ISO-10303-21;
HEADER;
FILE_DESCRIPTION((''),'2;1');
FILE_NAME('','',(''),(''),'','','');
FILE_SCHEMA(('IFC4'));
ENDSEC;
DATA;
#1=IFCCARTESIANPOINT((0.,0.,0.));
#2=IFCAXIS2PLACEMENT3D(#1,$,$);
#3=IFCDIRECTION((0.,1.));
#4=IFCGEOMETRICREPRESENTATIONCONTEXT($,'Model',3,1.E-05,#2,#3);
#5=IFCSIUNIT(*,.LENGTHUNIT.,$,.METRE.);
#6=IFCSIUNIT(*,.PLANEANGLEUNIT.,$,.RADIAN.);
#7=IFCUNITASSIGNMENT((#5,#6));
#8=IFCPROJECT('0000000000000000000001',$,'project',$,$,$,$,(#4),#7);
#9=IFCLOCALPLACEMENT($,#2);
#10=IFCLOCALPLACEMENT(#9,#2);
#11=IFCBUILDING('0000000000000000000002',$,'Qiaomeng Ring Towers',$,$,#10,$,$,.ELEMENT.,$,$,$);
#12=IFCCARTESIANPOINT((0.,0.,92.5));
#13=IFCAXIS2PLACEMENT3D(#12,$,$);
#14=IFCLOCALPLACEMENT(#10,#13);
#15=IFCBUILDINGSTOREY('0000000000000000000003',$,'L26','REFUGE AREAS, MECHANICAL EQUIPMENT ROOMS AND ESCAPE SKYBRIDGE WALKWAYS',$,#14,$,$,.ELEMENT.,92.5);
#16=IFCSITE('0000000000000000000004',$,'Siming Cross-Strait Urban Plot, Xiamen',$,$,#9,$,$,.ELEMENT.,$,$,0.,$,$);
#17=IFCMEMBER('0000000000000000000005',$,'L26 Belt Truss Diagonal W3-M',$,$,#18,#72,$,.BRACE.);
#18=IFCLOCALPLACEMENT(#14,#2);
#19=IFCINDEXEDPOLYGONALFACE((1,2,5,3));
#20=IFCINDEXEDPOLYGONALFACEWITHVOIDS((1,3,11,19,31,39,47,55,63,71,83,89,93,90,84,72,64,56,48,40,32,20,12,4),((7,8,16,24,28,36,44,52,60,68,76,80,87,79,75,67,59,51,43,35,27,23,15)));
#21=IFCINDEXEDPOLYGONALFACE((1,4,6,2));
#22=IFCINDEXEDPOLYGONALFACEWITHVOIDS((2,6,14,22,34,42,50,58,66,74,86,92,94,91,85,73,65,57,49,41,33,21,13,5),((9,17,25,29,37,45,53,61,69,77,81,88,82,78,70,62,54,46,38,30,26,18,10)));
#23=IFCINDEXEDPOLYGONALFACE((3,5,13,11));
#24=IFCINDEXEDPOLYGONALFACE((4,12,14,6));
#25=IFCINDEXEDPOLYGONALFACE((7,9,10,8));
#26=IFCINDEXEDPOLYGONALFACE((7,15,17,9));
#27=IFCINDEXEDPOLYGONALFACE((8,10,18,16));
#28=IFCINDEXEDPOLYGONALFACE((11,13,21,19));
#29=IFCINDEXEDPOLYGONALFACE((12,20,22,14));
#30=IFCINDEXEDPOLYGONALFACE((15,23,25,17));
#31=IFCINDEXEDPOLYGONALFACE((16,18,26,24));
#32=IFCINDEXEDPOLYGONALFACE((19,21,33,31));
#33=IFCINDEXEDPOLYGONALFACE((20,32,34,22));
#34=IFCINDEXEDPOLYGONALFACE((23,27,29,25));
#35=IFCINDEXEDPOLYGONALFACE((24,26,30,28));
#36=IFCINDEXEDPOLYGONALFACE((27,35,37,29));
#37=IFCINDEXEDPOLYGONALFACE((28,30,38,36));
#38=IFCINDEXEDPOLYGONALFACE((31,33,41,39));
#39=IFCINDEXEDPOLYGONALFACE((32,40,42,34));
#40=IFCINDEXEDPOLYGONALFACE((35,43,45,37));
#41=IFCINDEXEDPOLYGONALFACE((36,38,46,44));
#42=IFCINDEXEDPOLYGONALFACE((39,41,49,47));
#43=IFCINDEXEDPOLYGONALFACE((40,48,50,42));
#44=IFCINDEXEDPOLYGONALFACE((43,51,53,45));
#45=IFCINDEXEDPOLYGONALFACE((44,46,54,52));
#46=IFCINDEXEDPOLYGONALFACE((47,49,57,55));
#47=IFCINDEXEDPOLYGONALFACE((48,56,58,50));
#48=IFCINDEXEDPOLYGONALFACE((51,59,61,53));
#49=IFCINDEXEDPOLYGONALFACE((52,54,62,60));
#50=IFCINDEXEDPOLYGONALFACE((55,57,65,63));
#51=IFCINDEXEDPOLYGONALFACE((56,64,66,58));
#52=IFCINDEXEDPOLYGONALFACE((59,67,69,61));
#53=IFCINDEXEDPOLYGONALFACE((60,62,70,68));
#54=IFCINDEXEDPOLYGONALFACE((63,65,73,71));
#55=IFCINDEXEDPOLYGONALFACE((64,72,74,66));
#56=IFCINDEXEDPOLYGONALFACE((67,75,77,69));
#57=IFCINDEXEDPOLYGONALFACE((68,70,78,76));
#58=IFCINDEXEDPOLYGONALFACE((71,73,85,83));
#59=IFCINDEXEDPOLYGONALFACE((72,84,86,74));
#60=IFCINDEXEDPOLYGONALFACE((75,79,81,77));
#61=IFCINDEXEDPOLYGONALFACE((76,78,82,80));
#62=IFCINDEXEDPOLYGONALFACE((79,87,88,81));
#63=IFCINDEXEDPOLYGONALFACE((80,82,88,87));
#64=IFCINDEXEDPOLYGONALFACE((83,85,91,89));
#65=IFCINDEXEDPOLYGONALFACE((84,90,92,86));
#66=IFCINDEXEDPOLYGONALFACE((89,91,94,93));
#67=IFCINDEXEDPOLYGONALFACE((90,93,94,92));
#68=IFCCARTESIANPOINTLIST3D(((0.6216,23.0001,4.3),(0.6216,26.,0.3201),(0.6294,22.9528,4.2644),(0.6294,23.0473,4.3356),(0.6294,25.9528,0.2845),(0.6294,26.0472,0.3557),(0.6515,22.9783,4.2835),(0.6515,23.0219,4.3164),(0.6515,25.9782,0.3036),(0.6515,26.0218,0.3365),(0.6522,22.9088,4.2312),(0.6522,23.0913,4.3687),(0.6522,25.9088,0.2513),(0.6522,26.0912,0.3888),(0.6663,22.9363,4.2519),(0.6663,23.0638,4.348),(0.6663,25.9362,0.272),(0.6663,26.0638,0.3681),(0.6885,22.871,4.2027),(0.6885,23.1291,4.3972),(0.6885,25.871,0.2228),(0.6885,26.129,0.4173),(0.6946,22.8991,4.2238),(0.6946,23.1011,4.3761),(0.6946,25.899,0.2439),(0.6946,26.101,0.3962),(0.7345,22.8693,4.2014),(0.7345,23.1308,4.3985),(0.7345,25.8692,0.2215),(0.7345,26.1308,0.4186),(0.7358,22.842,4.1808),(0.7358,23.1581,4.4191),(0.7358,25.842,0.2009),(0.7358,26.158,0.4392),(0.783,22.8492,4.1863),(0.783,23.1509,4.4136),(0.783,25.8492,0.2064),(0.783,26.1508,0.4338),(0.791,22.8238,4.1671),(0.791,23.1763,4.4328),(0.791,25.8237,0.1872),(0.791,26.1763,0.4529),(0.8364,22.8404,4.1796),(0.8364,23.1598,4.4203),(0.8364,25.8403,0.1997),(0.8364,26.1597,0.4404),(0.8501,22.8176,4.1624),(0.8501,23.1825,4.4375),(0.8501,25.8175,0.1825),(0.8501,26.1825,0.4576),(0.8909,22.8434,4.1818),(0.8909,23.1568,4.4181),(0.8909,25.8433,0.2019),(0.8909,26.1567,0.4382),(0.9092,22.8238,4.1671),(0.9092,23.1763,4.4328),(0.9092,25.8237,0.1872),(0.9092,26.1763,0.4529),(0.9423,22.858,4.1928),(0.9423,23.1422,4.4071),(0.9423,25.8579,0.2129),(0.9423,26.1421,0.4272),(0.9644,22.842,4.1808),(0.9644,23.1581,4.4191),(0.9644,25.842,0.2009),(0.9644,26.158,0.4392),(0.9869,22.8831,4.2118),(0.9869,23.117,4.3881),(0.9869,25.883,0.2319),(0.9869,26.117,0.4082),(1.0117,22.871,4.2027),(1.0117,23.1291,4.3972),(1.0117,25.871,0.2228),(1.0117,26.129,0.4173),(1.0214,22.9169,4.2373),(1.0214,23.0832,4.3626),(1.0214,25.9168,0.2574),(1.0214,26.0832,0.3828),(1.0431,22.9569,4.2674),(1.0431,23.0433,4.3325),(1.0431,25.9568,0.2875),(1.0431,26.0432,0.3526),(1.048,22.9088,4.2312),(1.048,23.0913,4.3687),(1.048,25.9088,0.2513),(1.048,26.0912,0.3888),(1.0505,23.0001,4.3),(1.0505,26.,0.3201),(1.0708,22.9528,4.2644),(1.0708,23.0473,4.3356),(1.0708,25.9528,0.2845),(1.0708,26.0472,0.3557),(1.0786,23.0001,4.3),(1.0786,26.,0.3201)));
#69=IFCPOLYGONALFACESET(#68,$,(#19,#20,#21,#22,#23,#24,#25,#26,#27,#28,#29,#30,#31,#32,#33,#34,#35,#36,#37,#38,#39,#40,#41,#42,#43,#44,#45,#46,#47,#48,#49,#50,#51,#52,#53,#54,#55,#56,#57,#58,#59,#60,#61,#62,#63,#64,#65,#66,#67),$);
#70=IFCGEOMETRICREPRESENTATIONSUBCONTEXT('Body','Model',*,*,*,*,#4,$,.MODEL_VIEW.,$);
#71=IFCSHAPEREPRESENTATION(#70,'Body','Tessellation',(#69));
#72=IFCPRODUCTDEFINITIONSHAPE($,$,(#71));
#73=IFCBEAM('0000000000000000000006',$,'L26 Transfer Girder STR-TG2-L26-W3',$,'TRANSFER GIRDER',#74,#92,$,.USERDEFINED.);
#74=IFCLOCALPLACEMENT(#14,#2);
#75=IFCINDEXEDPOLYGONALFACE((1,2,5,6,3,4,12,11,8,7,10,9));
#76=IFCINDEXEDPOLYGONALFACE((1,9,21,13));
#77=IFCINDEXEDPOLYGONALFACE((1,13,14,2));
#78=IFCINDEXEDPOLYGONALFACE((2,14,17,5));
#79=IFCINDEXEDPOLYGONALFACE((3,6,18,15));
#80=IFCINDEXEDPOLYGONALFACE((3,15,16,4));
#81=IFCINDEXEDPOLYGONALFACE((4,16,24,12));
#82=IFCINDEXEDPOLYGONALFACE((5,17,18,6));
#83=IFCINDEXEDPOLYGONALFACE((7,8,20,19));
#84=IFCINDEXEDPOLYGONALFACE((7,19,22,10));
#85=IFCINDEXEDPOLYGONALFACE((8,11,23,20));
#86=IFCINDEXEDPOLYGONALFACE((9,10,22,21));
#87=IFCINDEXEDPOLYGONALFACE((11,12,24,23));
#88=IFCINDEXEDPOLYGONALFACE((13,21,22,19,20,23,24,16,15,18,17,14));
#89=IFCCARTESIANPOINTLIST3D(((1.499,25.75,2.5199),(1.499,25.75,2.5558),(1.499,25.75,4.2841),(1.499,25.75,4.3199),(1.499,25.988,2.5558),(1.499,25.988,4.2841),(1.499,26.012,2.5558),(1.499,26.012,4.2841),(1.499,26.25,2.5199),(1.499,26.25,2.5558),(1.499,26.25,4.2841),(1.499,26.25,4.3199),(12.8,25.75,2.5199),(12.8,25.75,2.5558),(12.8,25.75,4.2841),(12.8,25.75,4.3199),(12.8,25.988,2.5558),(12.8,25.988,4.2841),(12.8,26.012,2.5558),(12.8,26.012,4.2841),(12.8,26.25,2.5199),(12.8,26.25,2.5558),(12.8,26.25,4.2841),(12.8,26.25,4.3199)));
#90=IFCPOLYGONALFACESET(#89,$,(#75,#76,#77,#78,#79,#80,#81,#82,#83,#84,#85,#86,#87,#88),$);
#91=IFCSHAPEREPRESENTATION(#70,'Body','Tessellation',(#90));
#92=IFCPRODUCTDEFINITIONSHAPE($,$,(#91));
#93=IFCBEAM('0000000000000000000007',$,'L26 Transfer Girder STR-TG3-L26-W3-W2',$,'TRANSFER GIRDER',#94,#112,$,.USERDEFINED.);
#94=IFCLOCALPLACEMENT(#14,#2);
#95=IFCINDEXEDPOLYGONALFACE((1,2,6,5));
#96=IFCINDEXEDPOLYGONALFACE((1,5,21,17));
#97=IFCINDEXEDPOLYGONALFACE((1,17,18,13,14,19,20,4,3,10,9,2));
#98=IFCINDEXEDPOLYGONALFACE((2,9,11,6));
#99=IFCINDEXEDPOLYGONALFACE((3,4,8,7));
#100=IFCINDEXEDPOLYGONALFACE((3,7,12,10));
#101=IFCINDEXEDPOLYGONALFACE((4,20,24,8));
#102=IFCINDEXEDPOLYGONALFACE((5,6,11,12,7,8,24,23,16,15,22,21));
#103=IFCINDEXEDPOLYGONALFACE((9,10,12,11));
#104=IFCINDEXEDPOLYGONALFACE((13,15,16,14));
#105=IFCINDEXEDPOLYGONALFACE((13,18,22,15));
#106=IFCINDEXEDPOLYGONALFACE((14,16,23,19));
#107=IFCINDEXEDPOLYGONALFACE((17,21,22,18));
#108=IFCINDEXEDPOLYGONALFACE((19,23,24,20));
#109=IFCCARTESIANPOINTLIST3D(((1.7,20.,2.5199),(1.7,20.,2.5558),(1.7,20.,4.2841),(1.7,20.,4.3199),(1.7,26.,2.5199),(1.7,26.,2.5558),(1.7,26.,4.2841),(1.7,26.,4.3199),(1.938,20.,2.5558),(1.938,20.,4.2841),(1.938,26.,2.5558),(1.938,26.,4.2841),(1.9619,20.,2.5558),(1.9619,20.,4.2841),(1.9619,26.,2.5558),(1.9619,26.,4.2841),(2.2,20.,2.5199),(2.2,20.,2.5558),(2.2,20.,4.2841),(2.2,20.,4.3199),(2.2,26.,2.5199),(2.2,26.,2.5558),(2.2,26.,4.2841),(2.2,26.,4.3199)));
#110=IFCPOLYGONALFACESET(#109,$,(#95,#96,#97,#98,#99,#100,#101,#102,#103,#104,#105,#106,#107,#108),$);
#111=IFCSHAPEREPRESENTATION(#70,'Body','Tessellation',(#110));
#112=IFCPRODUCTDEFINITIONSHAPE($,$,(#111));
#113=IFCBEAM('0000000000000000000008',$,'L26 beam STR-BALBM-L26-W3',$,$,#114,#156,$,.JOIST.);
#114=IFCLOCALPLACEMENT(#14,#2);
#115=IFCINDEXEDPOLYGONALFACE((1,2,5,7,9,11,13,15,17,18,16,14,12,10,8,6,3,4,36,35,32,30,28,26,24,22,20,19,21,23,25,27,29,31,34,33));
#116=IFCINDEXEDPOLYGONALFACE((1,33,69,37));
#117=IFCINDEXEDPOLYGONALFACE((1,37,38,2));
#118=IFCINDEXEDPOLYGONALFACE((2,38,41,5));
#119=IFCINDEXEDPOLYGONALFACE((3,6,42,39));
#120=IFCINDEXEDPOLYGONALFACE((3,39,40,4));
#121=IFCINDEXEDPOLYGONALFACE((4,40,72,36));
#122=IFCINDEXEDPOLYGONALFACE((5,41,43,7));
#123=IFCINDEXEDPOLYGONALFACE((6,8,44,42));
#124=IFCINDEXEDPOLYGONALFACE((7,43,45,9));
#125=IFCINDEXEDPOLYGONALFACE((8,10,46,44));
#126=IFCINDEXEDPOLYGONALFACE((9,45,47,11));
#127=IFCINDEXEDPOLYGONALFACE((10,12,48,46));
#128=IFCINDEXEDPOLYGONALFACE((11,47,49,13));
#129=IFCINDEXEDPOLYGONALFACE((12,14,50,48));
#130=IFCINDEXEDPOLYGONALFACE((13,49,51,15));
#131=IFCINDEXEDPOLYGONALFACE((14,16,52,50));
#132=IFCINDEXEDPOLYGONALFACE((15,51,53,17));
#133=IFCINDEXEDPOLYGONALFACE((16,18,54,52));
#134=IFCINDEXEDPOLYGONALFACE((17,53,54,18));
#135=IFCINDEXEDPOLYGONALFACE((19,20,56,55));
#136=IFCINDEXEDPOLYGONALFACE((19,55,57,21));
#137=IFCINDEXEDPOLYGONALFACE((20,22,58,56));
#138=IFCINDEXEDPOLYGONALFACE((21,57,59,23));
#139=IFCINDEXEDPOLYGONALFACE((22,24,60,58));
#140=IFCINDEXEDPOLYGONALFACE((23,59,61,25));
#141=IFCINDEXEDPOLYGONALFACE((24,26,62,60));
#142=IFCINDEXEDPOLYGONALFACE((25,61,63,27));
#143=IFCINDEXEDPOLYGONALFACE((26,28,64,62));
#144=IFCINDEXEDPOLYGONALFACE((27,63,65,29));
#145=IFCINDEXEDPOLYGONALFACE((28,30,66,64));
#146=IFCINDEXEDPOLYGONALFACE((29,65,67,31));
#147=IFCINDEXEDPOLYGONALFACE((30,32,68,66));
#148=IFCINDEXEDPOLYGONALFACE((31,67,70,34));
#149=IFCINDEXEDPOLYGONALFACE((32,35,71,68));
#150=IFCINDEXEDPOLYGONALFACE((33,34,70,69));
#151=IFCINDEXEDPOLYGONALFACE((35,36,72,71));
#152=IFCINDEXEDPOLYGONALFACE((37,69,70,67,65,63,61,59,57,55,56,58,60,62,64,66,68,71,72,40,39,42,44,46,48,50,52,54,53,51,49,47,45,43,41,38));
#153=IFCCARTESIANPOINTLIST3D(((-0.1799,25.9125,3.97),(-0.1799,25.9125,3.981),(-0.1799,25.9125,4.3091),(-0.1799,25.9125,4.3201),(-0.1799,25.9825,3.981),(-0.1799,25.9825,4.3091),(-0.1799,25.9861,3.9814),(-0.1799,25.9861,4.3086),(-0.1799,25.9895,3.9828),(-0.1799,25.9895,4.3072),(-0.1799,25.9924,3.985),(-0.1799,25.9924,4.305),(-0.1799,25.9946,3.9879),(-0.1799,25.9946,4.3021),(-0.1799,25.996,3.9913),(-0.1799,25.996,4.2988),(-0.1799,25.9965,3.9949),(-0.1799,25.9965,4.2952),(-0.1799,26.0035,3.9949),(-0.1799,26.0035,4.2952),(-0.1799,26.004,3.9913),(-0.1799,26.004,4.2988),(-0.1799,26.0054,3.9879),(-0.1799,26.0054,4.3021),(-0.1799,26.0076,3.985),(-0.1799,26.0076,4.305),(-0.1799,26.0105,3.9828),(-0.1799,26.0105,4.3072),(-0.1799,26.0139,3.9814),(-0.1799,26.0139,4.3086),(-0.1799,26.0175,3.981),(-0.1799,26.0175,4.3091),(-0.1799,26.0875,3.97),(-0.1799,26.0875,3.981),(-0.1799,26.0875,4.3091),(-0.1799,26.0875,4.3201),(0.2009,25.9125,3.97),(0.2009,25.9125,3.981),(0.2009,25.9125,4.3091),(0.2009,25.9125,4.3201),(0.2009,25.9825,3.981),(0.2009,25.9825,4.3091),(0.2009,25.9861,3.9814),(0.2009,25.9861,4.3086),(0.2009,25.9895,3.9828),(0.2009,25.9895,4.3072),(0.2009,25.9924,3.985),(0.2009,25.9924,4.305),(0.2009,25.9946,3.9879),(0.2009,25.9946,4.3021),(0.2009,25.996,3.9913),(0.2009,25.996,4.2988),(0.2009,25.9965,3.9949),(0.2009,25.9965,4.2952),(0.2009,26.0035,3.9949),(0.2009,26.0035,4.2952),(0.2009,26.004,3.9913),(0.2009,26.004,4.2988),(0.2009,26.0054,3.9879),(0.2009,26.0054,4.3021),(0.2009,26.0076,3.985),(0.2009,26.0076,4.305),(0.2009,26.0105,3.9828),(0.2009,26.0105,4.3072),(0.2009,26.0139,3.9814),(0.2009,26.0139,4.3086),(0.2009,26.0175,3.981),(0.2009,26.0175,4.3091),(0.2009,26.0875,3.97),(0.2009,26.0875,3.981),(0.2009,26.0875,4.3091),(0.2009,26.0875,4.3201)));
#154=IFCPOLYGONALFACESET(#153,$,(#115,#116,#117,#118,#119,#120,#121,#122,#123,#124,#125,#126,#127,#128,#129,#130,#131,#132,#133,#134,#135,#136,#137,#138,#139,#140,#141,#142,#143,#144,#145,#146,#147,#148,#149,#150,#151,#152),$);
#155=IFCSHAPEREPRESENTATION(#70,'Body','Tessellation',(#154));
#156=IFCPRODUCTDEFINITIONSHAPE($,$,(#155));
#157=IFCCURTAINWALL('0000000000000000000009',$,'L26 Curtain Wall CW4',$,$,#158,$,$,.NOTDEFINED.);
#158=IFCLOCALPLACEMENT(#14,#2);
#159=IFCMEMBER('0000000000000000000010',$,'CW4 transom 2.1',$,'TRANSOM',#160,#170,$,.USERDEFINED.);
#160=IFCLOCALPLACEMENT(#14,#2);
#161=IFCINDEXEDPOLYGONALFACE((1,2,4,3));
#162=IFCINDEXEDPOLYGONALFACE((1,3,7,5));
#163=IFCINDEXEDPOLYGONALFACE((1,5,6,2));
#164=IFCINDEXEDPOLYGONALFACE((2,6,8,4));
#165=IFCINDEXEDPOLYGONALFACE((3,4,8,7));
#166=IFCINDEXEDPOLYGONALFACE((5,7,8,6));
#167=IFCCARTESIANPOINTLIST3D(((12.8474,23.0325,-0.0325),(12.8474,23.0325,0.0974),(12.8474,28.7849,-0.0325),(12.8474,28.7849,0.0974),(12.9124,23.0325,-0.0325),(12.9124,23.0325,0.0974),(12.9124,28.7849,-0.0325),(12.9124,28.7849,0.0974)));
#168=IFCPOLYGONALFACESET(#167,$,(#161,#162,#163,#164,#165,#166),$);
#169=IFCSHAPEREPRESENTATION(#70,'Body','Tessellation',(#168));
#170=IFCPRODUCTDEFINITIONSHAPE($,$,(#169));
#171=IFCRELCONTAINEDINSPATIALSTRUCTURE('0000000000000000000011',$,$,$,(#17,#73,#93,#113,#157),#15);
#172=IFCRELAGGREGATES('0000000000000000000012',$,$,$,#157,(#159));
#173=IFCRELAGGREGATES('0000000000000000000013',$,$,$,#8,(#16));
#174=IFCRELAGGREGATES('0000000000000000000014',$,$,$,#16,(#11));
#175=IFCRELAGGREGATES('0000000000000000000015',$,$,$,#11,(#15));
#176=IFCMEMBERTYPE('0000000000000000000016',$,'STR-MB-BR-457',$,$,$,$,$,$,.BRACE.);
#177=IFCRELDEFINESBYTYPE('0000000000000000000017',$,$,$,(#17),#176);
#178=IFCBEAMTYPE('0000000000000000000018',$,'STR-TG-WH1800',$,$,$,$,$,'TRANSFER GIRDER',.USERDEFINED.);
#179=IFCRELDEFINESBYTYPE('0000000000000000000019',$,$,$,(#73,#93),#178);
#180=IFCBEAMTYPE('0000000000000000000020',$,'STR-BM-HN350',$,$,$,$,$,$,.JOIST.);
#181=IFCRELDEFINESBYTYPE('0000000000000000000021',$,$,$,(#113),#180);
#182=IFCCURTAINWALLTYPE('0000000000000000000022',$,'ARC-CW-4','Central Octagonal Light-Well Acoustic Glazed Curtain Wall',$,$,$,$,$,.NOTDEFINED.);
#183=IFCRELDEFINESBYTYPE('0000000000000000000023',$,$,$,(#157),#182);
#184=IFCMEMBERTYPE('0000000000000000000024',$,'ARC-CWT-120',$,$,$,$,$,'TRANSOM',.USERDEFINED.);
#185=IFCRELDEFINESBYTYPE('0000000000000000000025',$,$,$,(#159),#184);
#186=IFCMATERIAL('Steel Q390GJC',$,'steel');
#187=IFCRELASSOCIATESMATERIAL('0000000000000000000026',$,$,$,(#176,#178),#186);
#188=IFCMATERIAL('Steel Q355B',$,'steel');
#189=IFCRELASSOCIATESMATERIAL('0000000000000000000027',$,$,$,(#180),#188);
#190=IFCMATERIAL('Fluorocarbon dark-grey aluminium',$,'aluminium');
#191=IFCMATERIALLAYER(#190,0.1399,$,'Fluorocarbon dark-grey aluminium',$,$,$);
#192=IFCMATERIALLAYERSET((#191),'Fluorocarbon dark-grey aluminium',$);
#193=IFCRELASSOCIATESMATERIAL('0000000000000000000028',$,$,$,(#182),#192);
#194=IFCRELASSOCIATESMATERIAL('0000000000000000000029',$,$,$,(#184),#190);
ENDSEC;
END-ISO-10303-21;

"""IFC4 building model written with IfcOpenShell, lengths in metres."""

from ifc_helpers import new_model, si_unit, direction, frame, origin, origin_2d, place, context, subcontext, project, spatial, rectangle, hollow_circle, i_section, extrude, source, transform, mapped, material, layer, layer_set, material_profile, profile_set, type_object, element, aggregate, save


model = new_model("IFC4")

# Units and contexts
model_context = context("Model", 3, precision=1e-05, world=origin(), true_north=direction((0.0, 1.0)))
body_context = subcontext(model_context, "Body", "Model", "MODEL_VIEW")
ifc_project = project(units=[si_unit("LENGTHUNIT", "METRE"), si_unit("PLANEANGLEUNIT", "RADIAN")], contexts=[model_context])

# Site, building, storey
site_placement = place(None, origin())
site = spatial("IfcSite", under=ifc_project, at=site_placement, Name="Siming Cross-Strait Urban Plot, Xiamen", CompositionType="ELEMENT", RefElevation=0.0)
building_placement = place(site_placement, origin())
building = spatial("IfcBuilding", under=site, at=building_placement, Name="Qiaomeng Ring Towers", CompositionType="ELEMENT")
storey_placement = place(building_placement, frame((0.0, 0.0, 92.5)))
storey = spatial("IfcBuildingStorey", under=building, at=storey_placement, Name="L26", Description="REFUGE AREAS, MECHANICAL EQUIPMENT ROOMS AND ESCAPE SKYBRIDGE WALKWAYS", CompositionType="ELEMENT", Elevation=92.5)

# Shared definitions
ifc_material_1 = material(Name="Steel Q355B", Category="steel")

# Member
ifc_material_2 = material(Name="Steel Q390GJC", Category="steel")
ifc_material_profile_1 = material_profile(ifc_material_2, hollow_circle(Radius=0.2285, WallThickness=0.0281, at=origin_2d()), Name="CHS 457x28")
ifc_profile_set_1 = profile_set([ifc_material_profile_1], Name="Steel Q390GJC")
member_type_1 = type_object("IfcMemberType", Name="STR-MB-BR-457", PredefinedType="BRACE", material=ifc_profile_set_1)
shared_shape_1 = source(origin(), body_context, "Body", "SweptSolid", [
    extrude(hollow_circle(Radius=0.2285, WallThickness=0.0281, at=origin_2d()), origin(), (0.0, 0.0, 1.0), 4.9839),
])
member_1_placement = place(storey_placement, frame((0.8501, 26.0, 0.3201), z_axis=(0.0, -0.601926, 0.798552), x_axis=(1.0, 0.0, 0.0)))
element("IfcMember", 1, at=member_1_placement, inside=storey, type_object=member_type_1, Name="L26 Belt Truss Diagonal W3-M", PredefinedType="BRACE", context=body_context, shape_type="MappedRepresentation", body=[
    mapped(shared_shape_1, transform((0.0, 0.0, 0.0), x_axis=(1.0, 0.0, 0.0), y_axis=(0.0, 1.0, 0.0), z_axis=(0.0, 0.0, 1.0), scale=1.0)),
])

# Beams
ifc_material_profile_2 = material_profile(ifc_material_2, i_section(OverallWidth=0.5, OverallDepth=1.8, WebThickness=0.0239, FlangeThickness=0.0359, at=origin_2d()), Name="WH 1800x500x24x36")
ifc_profile_set_2 = profile_set([ifc_material_profile_2], Name="Steel Q390GJC")
beam_type_1 = type_object("IfcBeamType", Name="STR-TG-WH1800", ElementType="TRANSFER GIRDER", PredefinedType="USERDEFINED", material=ifc_profile_set_2)
shared_shape_2 = source(origin(), body_context, "Body", "SweptSolid", [
    extrude(i_section(OverallWidth=0.5, OverallDepth=1.8, WebThickness=0.0239, FlangeThickness=0.0359, at=origin_2d()), origin(), (0.0, 0.0, 1.0), 11.301),
])
beam_1_placement = place(storey_placement, frame((1.499, 26.0, 3.4199), z_axis=(1.0, 0.0, 0.0), x_axis=(0.0, 1.0, 0.0)))
element("IfcBeam", 2, at=beam_1_placement, inside=storey, type_object=beam_type_1, Name="L26 Transfer Girder STR-TG2-L26-W3", ObjectType="TRANSFER GIRDER", PredefinedType="USERDEFINED", context=body_context, shape_type="MappedRepresentation", body=[
    mapped(shared_shape_2, transform((0.0, 0.0, 0.0), x_axis=(1.0, 0.0, 0.0), y_axis=(0.0, 1.0, 0.0), z_axis=(0.0, 0.0, 1.0), scale=1.0)),
])
shared_shape_3 = source(origin(), body_context, "Body", "SweptSolid", [
    extrude(i_section(OverallWidth=0.5, OverallDepth=1.8, WebThickness=0.0239, FlangeThickness=0.0359, at=origin_2d()), origin(), (0.0, 0.0, 1.0), 6.0),
])
beam_2_placement = place(storey_placement, frame((1.95, 26.0, 3.4199), z_axis=(0.0, -1.0, 0.0), x_axis=(1.0, 0.0, 0.0)))
element("IfcBeam", 3, at=beam_2_placement, inside=storey, type_object=beam_type_1, Name="L26 Transfer Girder STR-TG3-L26-W3-W2", ObjectType="TRANSFER GIRDER", PredefinedType="USERDEFINED", context=body_context, shape_type="MappedRepresentation", body=[
    mapped(shared_shape_3, transform((0.0, 0.0, 0.0), x_axis=(1.0, 0.0, 0.0), y_axis=(0.0, 1.0, 0.0), z_axis=(0.0, 0.0, 1.0), scale=1.0)),
])
ifc_material_profile_3 = material_profile(ifc_material_1, i_section(OverallWidth=0.175, OverallDepth=0.3501, WebThickness=0.0071, FlangeThickness=0.011, FilletRadius=0.0139, at=origin_2d()), Name="HN 350x175x7x11")
ifc_profile_set_3 = profile_set([ifc_material_profile_3], Name="Steel Q355B")
beam_type_2 = type_object("IfcBeamType", Name="STR-BM-HN350", PredefinedType="JOIST", material=ifc_profile_set_3)
shared_shape_4 = source(origin(), body_context, "Body", "SweptSolid", [
    extrude(i_section(OverallWidth=0.175, OverallDepth=0.3501, WebThickness=0.0071, FlangeThickness=0.011, FilletRadius=0.0139, at=origin_2d()), origin(), (0.0, 0.0, 1.0), 0.3809),
])
beam_3_placement = place(storey_placement, frame((-0.1799, 26.0, 4.145), z_axis=(1.0, 0.0, 0.0), x_axis=(0.0, 1.0, 0.0)))
element("IfcBeam", 4, at=beam_3_placement, inside=storey, type_object=beam_type_2, Name="L26 beam STR-BALBM-L26-W3", PredefinedType="JOIST", context=body_context, shape_type="MappedRepresentation", body=[
    mapped(shared_shape_4, transform((0.0, 0.0, 0.0), x_axis=(1.0, 0.0, 0.0), y_axis=(0.0, 1.0, 0.0), z_axis=(0.0, 0.0, 1.0), scale=1.0)),
])

# Curtain wall, member
ifc_material_3 = material(Name="Fluorocarbon dark-grey aluminium", Category="aluminium")
ifc_layer_1 = layer(ifc_material_3, 0.1399, Name="Fluorocarbon dark-grey aluminium")
ifc_layer_set_1 = layer_set([ifc_layer_1], Name="Fluorocarbon dark-grey aluminium")
curtain_wall_type = type_object("IfcCurtainWallType", Name="ARC-CW-4", Description="Central Octagonal Light-Well Acoustic Glazed Curtain Wall", PredefinedType="NOTDEFINED", material=ifc_layer_set_1)
curtain_wall_placement = place(storey_placement, origin())
curtain_wall = element("IfcCurtainWall", 5, at=curtain_wall_placement, inside=storey, type_object=curtain_wall_type, Name="L26 Curtain Wall CW4", PredefinedType="NOTDEFINED")
ifc_material_profile_4 = material_profile(ifc_material_3, rectangle(XDim=0.0649, YDim=0.1299, at=origin_2d()), Name="ALU TRAN 65x130")
ifc_profile_set_4 = profile_set([ifc_material_profile_4], Name="Fluorocarbon dark-grey aluminium")
member_type_2 = type_object("IfcMemberType", Name="ARC-CWT-120", ElementType="TRANSOM", PredefinedType="USERDEFINED", material=ifc_profile_set_4)
shared_shape_5 = source(origin(), body_context, "Body", "SweptSolid", [
    extrude(rectangle(XDim=0.0649, YDim=0.1299, at=origin_2d()), origin(), (0.0, 0.0, 1.0), 5.7524),
])
member_2_placement = place(storey_placement, frame((12.8799, 23.0325, 0.0325), z_axis=(0.0, 1.0, 0.0), x_axis=(-1.0, 0.0, 0.0)))
member_2 = element("IfcMember", 6, at=member_2_placement, type_object=member_type_2, Name="CW4 transom 2.1", ObjectType="TRANSOM", PredefinedType="USERDEFINED", context=body_context, shape_type="MappedRepresentation", body=[
    mapped(shared_shape_5, transform((0.0, 0.0, 0.0), x_axis=(1.0, 0.0, 0.0), y_axis=(0.0, 1.0, 0.0), z_axis=(0.0, 0.0, 1.0), scale=1.0)),
])

aggregate(curtain_wall, [member_2])

save(model, "model.ifc")
